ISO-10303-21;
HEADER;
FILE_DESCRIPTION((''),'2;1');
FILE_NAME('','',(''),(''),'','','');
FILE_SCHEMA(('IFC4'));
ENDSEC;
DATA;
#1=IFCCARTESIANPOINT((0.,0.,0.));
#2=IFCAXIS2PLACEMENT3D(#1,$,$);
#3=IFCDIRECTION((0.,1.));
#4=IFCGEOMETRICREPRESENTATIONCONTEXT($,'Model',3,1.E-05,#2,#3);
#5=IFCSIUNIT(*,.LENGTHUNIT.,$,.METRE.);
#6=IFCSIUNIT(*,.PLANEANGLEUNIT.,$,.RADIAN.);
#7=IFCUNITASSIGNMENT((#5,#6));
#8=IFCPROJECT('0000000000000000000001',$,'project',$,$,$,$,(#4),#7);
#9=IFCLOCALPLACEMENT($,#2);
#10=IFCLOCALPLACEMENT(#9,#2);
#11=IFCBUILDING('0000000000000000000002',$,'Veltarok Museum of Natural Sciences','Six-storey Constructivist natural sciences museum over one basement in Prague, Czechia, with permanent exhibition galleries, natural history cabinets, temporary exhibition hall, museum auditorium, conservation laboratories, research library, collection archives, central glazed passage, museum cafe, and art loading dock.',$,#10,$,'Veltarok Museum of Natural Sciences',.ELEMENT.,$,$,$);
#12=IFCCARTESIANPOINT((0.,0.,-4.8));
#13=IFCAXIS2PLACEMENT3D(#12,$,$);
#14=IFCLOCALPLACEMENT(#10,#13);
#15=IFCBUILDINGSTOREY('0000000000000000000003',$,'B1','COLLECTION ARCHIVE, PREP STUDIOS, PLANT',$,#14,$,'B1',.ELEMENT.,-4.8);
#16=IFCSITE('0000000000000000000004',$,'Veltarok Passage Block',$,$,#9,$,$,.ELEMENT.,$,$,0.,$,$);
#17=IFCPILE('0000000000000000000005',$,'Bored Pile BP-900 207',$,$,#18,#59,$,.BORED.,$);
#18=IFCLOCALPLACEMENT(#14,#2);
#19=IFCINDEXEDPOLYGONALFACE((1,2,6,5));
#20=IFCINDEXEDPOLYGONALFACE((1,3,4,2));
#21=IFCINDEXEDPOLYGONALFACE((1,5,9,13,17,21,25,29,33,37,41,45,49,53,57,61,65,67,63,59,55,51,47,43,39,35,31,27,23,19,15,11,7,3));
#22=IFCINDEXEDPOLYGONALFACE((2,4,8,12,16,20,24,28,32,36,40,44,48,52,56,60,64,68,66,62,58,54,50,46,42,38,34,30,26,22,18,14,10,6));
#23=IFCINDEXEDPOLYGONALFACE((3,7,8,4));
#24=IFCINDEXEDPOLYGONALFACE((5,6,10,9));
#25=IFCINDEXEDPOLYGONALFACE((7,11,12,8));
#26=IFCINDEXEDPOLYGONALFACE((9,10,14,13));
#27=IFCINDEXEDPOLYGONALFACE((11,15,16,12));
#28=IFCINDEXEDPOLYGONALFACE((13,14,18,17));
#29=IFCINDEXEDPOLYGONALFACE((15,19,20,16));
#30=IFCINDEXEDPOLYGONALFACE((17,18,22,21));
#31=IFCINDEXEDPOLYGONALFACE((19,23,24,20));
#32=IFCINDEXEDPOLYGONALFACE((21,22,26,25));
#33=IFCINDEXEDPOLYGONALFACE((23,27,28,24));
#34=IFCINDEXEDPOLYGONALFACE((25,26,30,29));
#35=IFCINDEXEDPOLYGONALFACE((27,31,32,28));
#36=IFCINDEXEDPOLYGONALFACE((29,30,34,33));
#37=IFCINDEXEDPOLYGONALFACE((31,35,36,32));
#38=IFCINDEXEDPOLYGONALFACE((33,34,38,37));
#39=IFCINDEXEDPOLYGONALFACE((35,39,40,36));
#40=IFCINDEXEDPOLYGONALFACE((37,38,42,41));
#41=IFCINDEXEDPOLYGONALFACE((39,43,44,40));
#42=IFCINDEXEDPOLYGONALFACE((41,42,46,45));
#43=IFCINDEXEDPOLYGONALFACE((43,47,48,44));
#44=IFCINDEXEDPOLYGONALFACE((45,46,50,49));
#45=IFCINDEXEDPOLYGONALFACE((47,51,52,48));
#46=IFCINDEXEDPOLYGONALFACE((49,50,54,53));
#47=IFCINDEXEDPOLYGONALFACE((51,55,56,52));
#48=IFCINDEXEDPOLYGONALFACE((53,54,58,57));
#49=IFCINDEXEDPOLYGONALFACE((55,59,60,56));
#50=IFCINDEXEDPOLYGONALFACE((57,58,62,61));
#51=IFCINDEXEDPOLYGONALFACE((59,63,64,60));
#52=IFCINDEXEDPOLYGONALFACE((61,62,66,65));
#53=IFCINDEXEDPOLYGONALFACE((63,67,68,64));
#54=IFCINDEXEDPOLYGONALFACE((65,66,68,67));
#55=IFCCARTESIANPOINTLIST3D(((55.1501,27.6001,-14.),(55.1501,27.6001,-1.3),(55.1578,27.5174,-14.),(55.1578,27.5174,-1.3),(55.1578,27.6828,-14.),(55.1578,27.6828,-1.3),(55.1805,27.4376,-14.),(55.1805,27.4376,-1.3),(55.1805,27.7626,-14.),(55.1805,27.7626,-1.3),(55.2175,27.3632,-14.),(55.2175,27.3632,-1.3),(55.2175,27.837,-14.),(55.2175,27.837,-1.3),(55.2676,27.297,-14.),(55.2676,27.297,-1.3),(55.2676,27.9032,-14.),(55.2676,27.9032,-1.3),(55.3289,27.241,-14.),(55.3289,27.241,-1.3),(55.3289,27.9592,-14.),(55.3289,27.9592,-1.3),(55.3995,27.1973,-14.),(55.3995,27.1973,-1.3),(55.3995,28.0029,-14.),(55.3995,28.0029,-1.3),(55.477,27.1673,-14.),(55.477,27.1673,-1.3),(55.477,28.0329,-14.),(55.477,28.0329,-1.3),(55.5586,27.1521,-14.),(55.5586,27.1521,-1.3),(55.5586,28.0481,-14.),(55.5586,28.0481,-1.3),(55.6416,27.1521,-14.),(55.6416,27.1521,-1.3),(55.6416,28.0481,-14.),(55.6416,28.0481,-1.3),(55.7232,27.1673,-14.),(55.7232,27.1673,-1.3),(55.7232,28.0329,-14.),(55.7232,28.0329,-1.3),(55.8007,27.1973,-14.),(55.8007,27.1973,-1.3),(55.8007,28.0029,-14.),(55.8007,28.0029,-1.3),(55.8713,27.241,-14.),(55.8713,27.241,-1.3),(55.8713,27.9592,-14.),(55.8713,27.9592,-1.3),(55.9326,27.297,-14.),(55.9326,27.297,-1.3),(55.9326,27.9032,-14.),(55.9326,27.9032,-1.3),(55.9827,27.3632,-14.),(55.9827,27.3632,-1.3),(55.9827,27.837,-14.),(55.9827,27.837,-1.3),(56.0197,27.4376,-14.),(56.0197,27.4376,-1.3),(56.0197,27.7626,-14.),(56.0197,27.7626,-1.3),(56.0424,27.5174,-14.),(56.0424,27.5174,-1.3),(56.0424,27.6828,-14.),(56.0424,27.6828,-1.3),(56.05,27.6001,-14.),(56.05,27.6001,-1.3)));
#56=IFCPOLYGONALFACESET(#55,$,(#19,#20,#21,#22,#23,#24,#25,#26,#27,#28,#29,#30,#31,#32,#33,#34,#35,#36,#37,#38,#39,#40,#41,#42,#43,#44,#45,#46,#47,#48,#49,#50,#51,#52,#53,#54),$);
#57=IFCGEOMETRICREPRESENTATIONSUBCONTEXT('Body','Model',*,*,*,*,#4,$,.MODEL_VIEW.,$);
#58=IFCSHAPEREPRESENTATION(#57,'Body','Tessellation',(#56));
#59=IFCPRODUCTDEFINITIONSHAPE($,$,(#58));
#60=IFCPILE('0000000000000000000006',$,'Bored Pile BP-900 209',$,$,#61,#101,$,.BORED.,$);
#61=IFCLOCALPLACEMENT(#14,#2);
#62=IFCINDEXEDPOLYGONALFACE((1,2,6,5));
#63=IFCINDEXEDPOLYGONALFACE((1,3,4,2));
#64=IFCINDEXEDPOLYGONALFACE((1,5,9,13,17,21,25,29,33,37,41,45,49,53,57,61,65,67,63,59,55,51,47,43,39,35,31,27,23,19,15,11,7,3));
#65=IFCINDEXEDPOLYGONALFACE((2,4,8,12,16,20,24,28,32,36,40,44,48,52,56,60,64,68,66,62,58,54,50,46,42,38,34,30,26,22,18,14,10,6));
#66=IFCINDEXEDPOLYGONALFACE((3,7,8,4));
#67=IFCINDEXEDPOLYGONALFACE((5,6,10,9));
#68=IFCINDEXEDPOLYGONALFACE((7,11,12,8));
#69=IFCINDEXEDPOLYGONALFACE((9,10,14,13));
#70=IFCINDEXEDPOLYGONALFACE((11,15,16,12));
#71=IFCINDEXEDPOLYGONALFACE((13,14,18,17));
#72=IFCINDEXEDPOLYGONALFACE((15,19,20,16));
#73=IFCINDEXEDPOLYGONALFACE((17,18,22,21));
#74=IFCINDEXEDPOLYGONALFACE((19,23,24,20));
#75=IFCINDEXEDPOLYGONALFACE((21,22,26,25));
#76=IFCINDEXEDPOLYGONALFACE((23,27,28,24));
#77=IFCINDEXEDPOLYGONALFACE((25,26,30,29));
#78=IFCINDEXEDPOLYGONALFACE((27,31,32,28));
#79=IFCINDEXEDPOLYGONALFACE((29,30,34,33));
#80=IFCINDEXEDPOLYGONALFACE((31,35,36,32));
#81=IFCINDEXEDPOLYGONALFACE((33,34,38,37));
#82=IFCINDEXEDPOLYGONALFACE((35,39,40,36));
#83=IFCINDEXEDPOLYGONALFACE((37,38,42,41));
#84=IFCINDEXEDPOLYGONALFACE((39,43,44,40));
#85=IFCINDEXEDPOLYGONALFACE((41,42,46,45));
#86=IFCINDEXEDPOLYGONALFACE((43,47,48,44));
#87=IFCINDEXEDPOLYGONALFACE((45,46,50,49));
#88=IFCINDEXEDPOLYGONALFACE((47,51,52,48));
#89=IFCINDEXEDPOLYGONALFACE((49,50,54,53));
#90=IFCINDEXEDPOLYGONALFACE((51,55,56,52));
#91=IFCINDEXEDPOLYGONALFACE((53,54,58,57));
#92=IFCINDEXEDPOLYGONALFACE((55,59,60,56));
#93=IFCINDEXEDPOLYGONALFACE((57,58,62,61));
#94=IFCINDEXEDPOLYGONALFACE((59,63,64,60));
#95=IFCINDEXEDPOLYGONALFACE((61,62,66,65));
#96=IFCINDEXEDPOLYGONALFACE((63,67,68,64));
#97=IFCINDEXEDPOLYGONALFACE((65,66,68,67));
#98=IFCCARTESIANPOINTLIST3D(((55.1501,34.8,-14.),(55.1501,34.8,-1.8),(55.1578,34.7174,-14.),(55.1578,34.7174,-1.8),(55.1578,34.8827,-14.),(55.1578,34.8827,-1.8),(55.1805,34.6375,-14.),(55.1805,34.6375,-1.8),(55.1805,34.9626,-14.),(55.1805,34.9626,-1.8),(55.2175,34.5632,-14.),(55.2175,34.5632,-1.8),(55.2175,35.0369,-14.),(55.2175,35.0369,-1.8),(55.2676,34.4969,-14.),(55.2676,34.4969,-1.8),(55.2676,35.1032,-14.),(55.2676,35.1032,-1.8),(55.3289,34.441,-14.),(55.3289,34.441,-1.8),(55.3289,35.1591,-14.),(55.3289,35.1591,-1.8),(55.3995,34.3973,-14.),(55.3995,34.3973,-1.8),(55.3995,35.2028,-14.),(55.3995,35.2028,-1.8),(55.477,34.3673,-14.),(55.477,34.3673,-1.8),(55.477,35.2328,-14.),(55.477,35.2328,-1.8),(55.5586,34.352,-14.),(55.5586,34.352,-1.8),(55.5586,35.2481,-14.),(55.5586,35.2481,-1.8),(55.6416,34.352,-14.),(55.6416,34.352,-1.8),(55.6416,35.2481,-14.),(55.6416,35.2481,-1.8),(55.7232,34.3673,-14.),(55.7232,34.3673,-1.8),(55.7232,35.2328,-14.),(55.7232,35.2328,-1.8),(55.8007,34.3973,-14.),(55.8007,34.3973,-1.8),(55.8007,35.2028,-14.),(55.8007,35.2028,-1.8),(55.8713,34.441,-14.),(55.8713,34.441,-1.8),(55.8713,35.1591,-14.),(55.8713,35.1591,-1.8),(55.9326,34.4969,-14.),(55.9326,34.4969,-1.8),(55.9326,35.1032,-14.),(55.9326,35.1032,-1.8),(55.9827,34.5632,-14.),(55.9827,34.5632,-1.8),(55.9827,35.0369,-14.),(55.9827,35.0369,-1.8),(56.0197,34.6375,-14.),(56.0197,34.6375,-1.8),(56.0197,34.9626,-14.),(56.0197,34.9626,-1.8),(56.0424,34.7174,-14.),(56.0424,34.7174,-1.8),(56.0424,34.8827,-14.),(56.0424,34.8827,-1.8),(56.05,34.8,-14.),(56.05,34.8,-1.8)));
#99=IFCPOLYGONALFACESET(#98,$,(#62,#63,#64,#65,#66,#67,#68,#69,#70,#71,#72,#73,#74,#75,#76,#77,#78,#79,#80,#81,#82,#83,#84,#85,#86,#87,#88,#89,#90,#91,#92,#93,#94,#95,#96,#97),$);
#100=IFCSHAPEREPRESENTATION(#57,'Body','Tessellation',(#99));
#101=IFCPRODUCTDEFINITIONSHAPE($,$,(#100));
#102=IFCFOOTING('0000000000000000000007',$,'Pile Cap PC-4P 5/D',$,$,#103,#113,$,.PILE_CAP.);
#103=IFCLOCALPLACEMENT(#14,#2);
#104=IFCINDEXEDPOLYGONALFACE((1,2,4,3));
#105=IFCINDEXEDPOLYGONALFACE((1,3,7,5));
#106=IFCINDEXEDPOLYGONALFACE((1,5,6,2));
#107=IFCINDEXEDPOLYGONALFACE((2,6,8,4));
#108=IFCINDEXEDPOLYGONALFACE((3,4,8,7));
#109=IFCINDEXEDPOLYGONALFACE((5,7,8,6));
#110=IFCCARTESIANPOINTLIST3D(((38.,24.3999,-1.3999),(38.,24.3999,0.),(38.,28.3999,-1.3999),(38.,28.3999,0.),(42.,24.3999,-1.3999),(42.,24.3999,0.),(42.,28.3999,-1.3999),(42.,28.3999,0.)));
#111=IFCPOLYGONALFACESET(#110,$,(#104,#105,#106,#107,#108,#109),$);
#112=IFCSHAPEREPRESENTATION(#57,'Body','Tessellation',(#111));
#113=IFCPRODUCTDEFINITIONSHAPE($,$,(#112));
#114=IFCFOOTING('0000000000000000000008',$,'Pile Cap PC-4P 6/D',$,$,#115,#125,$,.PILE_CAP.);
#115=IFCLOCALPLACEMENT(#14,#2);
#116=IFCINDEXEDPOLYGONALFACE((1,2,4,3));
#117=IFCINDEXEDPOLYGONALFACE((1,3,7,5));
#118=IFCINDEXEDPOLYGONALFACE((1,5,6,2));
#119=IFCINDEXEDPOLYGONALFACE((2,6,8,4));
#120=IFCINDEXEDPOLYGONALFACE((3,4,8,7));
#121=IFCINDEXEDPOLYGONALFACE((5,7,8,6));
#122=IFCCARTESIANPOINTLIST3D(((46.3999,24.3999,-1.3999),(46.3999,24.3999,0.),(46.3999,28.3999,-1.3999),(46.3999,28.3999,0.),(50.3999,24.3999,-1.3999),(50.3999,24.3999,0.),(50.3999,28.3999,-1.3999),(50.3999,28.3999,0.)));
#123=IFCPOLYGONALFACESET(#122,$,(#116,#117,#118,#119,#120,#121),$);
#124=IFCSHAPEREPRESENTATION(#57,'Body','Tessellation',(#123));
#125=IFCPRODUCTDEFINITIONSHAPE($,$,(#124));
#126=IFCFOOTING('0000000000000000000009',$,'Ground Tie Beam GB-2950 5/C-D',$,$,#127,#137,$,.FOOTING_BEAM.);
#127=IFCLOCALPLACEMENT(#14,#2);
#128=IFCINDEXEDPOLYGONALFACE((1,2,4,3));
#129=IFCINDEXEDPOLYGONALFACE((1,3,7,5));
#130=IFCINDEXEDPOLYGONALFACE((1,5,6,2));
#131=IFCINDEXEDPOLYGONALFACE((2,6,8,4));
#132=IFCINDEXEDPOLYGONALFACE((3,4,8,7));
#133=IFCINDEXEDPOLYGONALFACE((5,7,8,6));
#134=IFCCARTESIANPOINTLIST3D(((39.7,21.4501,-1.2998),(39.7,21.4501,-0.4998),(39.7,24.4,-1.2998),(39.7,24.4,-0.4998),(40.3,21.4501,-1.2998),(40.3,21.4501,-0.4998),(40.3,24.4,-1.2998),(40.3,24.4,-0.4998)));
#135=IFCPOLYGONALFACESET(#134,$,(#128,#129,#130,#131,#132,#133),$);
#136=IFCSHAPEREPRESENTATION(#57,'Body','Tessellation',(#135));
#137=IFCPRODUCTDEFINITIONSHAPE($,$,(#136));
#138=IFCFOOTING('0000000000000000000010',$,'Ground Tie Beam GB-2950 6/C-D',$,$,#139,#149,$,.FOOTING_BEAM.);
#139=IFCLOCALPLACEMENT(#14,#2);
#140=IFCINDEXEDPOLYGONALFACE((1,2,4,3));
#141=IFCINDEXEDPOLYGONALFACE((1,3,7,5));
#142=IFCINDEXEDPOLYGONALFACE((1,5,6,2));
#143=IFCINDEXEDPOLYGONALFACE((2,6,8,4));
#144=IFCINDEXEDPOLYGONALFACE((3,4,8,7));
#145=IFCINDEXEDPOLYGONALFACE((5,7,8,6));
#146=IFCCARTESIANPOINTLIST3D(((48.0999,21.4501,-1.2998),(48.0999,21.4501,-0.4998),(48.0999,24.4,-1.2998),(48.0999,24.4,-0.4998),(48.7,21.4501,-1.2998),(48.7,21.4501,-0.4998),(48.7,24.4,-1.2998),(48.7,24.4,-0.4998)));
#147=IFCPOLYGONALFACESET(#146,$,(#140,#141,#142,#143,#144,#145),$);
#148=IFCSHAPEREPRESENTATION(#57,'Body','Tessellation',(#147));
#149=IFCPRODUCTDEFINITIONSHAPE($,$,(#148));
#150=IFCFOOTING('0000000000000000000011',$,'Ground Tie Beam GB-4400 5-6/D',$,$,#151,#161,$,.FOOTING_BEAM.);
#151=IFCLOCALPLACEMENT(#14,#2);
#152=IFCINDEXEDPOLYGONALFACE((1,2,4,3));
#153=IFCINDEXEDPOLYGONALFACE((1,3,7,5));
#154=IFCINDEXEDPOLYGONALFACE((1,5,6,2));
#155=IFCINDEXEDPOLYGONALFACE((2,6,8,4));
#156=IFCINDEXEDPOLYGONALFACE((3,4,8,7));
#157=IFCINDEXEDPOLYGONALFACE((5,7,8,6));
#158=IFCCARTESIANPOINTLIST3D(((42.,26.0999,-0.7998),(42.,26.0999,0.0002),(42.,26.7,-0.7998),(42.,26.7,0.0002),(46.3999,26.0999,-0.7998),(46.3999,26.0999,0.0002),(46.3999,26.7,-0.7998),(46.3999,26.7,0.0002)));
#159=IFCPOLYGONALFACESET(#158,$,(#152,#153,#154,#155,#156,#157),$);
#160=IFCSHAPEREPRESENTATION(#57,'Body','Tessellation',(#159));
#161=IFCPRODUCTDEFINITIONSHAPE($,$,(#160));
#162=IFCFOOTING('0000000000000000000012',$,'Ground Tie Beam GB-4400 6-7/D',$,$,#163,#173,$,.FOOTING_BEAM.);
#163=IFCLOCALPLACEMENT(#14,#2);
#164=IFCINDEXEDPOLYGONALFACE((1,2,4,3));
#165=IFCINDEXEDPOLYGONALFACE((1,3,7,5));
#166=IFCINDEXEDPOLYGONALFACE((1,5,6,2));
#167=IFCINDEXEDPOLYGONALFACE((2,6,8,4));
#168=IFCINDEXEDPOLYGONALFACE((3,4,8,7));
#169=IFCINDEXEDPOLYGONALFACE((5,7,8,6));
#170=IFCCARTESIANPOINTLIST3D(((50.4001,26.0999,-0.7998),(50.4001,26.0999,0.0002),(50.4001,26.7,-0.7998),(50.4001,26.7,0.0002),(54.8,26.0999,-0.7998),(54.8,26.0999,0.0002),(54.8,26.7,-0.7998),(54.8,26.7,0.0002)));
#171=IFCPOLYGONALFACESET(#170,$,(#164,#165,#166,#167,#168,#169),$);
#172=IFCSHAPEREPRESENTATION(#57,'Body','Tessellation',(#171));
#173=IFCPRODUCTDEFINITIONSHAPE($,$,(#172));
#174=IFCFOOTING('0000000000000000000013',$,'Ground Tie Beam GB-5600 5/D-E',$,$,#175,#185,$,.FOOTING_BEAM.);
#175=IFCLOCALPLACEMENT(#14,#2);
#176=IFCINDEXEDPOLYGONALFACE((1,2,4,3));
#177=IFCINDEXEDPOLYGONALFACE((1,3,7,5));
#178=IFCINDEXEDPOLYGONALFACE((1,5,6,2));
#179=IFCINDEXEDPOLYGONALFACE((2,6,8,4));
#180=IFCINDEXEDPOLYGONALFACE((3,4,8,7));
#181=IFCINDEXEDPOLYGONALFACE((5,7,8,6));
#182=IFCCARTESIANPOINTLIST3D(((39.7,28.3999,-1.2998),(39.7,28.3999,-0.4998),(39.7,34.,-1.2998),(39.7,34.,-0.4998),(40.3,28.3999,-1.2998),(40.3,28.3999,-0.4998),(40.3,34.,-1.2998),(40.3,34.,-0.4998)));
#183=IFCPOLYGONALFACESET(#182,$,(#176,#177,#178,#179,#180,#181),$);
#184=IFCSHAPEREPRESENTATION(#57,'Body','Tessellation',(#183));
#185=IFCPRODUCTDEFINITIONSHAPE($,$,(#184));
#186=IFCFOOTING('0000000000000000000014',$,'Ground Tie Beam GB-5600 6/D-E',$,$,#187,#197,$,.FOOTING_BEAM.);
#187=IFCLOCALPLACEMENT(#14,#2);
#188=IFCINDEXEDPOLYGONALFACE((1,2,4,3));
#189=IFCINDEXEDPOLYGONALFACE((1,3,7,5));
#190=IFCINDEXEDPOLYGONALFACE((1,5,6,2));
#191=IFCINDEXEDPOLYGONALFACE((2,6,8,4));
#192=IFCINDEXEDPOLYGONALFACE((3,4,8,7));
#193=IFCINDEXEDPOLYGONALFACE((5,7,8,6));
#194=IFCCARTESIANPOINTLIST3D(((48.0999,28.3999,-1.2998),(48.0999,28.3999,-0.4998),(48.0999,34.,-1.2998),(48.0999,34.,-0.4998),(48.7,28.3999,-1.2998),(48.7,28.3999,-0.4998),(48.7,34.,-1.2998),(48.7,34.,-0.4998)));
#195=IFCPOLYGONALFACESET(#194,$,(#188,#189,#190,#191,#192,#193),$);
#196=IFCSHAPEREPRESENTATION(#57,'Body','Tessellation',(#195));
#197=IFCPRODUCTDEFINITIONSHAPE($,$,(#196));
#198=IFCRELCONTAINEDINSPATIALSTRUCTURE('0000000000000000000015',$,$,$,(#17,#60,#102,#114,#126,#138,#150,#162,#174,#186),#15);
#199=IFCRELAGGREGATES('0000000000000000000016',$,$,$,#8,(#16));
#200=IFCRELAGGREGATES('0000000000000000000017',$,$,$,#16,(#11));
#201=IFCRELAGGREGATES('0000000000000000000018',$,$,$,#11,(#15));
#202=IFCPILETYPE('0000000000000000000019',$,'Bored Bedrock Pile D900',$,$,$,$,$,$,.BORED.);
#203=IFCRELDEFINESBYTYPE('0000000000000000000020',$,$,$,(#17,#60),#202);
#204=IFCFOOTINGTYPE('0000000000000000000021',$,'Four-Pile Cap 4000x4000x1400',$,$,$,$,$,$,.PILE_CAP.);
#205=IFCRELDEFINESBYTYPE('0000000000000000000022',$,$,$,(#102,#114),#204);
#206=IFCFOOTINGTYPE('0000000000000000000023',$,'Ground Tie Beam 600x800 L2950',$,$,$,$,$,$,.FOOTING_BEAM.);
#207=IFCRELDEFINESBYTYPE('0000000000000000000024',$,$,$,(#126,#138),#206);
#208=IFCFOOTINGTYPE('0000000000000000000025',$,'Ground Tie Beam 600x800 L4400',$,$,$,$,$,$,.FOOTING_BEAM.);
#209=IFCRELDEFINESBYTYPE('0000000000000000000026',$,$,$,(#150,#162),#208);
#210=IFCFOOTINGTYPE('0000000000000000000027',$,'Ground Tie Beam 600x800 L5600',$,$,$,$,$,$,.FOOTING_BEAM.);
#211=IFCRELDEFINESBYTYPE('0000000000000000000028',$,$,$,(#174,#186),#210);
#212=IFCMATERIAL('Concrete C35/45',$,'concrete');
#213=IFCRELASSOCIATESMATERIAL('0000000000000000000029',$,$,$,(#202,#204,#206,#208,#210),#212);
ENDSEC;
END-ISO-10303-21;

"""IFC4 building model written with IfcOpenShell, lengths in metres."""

from ifc_helpers import new_model, si_unit, direction, frame, origin, origin_2d, place, context, subcontext, project, spatial, rectangle, circle, extrude, material, material_profile, profile_set, type_object, element, save


model = new_model("IFC4")

# Units and contexts
model_context = context("Model", 3, precision=1e-05, world=origin(), true_north=direction((0.0, 1.0)))
body_context = subcontext(model_context, "Body", "Model", "MODEL_VIEW")
ifc_project = project(units=[si_unit("LENGTHUNIT", "METRE"), si_unit("PLANEANGLEUNIT", "RADIAN")], contexts=[model_context])

# Site, building, storey
site_placement = place(None, origin())
site = spatial("IfcSite", under=ifc_project, at=site_placement, Name="Veltarok Passage Block", CompositionType="ELEMENT", RefElevation=0.0)
building_placement = place(site_placement, origin())
building = spatial("IfcBuilding", under=site, at=building_placement, Name="Veltarok Museum of Natural Sciences", Description="Six-storey Constructivist natural sciences museum over one basement in Prague, Czechia, with permanent exhibition galleries, natural history cabinets, temporary exhibition hall, museum auditorium, conservation laboratories, research library, collection archives, central glazed passage, museum cafe, and art loading dock.", LongName="Veltarok Museum of Natural Sciences", CompositionType="ELEMENT")
storey_placement = place(building_placement, frame((0.0, 0.0, -4.8)))
storey = spatial("IfcBuildingStorey", under=building, at=storey_placement, Name="B1", Description="COLLECTION ARCHIVE, PREP STUDIOS, PLANT", LongName="B1", CompositionType="ELEMENT", Elevation=-4.8)

# Piles
ifc_material_1 = material(Name="Concrete C35/45", Category="concrete")
ifc_material_profile_1 = material_profile(ifc_material_1, circle(Radius=0.45, at=origin_2d()), Name="BP D900")
ifc_profile_set_1 = profile_set([ifc_material_profile_1], Name="Concrete C35/45")
pile_type_1 = type_object("IfcPileType", Name="Bored Bedrock Pile D900", PredefinedType="BORED", material=ifc_profile_set_1)
for number, where, z_axis, x_axis, name in (
    (1, (55.6001, 27.6001, -1.3), (0.0, 0.0, -1.0), (1.0, 0.0, 0.0), "Bored Pile BP-900 207"),
):
    element("IfcPile", number, at=place(storey_placement, frame(where, z_axis=z_axis, x_axis=x_axis)), inside=storey, type_object=pile_type_1, Name=name, PredefinedType="BORED", context=body_context, shape_type="SweptSolid", body=[
        extrude(circle(Radius=0.45, at=origin_2d()), origin(), (0.0, 0.0, 1.0), 12.7),
    ])
pile_1_placement = place(storey_placement, frame((55.6001, 34.8, -1.8), z_axis=(0.0, 0.0, -1.0), x_axis=(1.0, 0.0, 0.0)))
element("IfcPile", 2, at=pile_1_placement, inside=storey, type_object=pile_type_1, Name="Bored Pile BP-900 209", PredefinedType="BORED", context=body_context, shape_type="SweptSolid", body=[
    extrude(circle(Radius=0.45, at=origin_2d()), origin(), (0.0, 0.0, 1.0), 12.2),
])

# Footings
footing_type_1 = type_object("IfcFootingType", Name="Four-Pile Cap 4000x4000x1400", PredefinedType="PILE_CAP", material=ifc_material_1)
for number, where, z_axis, x_axis, name in (
    (3, (40.0, 26.3999, -1.3999), (0.0, 0.0, 1.0), (1.0, 0.0, 0.0), "Pile Cap PC-4P 5/D"),
    (4, (48.3999, 26.3999, -1.3999), (0.0, 0.0, 1.0), (1.0, 0.0, 0.0), "Pile Cap PC-4P 6/D"),
):
    element("IfcFooting", number, at=place(storey_placement, frame(where, z_axis=z_axis, x_axis=x_axis)), inside=storey, type_object=footing_type_1, Name=name, PredefinedType="PILE_CAP", context=body_context, shape_type="SweptSolid", body=[
        extrude(rectangle(XDim=4.0, YDim=4.0, at=origin_2d()), origin(), (0.0, 0.0, 1.0), 1.3999),
    ])
footing_type_2 = type_object("IfcFootingType", Name="Ground Tie Beam 600x800 L2950", PredefinedType="FOOTING_BEAM", material=ifc_material_1)
for number, where, z_axis, x_axis, name in (
    (5, (40.0, 22.925, -1.2998), (0.0, 0.0, 1.0), (0.0, 1.0, 0.0), "Ground Tie Beam GB-2950 5/C-D"),
    (6, (48.3999, 22.925, -1.2998), (0.0, 0.0, 1.0), (0.0, 1.0, 0.0), "Ground Tie Beam GB-2950 6/C-D"),
):
    element("IfcFooting", number, at=place(storey_placement, frame(where, z_axis=z_axis, x_axis=x_axis)), inside=storey, type_object=footing_type_2, Name=name, PredefinedType="FOOTING_BEAM", context=body_context, shape_type="SweptSolid", body=[
        extrude(rectangle(XDim=2.95, YDim=0.6001, at=origin_2d()), origin(), (0.0, 0.0, 1.0), 0.8),
    ])
footing_type_3 = type_object("IfcFootingType", Name="Ground Tie Beam 600x800 L4400", PredefinedType="FOOTING_BEAM", material=ifc_material_1)
for number, where, z_axis, x_axis, name in (
    (7, (44.2, 26.3999, -0.7998), (0.0, 0.0, 1.0), (1.0, 0.0, 0.0), "Ground Tie Beam GB-4400 5-6/D"),
    (8, (52.6001, 26.3999, -0.7998), (0.0, 0.0, 1.0), (1.0, 0.0, 0.0), "Ground Tie Beam GB-4400 6-7/D"),
):
    element("IfcFooting", number, at=place(storey_placement, frame(where, z_axis=z_axis, x_axis=x_axis)), inside=storey, type_object=footing_type_3, Name=name, PredefinedType="FOOTING_BEAM", context=body_context, shape_type="SweptSolid", body=[
        extrude(rectangle(XDim=4.3999, YDim=0.6001, at=origin_2d()), origin(), (0.0, 0.0, 1.0), 0.8),
    ])
footing_type_4 = type_object("IfcFootingType", Name="Ground Tie Beam 600x800 L5600", PredefinedType="FOOTING_BEAM", material=ifc_material_1)
for number, where, z_axis, x_axis, name in (
    (9, (40.0, 31.2, -1.2998), (0.0, 0.0, 1.0), (0.0, 1.0, 0.0), "Ground Tie Beam GB-5600 5/D-E"),
    (10, (48.3999, 31.2, -1.2998), (0.0, 0.0, 1.0), (0.0, 1.0, 0.0), "Ground Tie Beam GB-5600 6/D-E"),
):
    element("IfcFooting", number, at=place(storey_placement, frame(where, z_axis=z_axis, x_axis=x_axis)), inside=storey, type_object=footing_type_4, Name=name, PredefinedType="FOOTING_BEAM", context=body_context, shape_type="SweptSolid", body=[
        extrude(rectangle(XDim=5.6001, YDim=0.6001, at=origin_2d()), origin(), (0.0, 0.0, 1.0), 0.8),
    ])

save(model, "model.ifc")
